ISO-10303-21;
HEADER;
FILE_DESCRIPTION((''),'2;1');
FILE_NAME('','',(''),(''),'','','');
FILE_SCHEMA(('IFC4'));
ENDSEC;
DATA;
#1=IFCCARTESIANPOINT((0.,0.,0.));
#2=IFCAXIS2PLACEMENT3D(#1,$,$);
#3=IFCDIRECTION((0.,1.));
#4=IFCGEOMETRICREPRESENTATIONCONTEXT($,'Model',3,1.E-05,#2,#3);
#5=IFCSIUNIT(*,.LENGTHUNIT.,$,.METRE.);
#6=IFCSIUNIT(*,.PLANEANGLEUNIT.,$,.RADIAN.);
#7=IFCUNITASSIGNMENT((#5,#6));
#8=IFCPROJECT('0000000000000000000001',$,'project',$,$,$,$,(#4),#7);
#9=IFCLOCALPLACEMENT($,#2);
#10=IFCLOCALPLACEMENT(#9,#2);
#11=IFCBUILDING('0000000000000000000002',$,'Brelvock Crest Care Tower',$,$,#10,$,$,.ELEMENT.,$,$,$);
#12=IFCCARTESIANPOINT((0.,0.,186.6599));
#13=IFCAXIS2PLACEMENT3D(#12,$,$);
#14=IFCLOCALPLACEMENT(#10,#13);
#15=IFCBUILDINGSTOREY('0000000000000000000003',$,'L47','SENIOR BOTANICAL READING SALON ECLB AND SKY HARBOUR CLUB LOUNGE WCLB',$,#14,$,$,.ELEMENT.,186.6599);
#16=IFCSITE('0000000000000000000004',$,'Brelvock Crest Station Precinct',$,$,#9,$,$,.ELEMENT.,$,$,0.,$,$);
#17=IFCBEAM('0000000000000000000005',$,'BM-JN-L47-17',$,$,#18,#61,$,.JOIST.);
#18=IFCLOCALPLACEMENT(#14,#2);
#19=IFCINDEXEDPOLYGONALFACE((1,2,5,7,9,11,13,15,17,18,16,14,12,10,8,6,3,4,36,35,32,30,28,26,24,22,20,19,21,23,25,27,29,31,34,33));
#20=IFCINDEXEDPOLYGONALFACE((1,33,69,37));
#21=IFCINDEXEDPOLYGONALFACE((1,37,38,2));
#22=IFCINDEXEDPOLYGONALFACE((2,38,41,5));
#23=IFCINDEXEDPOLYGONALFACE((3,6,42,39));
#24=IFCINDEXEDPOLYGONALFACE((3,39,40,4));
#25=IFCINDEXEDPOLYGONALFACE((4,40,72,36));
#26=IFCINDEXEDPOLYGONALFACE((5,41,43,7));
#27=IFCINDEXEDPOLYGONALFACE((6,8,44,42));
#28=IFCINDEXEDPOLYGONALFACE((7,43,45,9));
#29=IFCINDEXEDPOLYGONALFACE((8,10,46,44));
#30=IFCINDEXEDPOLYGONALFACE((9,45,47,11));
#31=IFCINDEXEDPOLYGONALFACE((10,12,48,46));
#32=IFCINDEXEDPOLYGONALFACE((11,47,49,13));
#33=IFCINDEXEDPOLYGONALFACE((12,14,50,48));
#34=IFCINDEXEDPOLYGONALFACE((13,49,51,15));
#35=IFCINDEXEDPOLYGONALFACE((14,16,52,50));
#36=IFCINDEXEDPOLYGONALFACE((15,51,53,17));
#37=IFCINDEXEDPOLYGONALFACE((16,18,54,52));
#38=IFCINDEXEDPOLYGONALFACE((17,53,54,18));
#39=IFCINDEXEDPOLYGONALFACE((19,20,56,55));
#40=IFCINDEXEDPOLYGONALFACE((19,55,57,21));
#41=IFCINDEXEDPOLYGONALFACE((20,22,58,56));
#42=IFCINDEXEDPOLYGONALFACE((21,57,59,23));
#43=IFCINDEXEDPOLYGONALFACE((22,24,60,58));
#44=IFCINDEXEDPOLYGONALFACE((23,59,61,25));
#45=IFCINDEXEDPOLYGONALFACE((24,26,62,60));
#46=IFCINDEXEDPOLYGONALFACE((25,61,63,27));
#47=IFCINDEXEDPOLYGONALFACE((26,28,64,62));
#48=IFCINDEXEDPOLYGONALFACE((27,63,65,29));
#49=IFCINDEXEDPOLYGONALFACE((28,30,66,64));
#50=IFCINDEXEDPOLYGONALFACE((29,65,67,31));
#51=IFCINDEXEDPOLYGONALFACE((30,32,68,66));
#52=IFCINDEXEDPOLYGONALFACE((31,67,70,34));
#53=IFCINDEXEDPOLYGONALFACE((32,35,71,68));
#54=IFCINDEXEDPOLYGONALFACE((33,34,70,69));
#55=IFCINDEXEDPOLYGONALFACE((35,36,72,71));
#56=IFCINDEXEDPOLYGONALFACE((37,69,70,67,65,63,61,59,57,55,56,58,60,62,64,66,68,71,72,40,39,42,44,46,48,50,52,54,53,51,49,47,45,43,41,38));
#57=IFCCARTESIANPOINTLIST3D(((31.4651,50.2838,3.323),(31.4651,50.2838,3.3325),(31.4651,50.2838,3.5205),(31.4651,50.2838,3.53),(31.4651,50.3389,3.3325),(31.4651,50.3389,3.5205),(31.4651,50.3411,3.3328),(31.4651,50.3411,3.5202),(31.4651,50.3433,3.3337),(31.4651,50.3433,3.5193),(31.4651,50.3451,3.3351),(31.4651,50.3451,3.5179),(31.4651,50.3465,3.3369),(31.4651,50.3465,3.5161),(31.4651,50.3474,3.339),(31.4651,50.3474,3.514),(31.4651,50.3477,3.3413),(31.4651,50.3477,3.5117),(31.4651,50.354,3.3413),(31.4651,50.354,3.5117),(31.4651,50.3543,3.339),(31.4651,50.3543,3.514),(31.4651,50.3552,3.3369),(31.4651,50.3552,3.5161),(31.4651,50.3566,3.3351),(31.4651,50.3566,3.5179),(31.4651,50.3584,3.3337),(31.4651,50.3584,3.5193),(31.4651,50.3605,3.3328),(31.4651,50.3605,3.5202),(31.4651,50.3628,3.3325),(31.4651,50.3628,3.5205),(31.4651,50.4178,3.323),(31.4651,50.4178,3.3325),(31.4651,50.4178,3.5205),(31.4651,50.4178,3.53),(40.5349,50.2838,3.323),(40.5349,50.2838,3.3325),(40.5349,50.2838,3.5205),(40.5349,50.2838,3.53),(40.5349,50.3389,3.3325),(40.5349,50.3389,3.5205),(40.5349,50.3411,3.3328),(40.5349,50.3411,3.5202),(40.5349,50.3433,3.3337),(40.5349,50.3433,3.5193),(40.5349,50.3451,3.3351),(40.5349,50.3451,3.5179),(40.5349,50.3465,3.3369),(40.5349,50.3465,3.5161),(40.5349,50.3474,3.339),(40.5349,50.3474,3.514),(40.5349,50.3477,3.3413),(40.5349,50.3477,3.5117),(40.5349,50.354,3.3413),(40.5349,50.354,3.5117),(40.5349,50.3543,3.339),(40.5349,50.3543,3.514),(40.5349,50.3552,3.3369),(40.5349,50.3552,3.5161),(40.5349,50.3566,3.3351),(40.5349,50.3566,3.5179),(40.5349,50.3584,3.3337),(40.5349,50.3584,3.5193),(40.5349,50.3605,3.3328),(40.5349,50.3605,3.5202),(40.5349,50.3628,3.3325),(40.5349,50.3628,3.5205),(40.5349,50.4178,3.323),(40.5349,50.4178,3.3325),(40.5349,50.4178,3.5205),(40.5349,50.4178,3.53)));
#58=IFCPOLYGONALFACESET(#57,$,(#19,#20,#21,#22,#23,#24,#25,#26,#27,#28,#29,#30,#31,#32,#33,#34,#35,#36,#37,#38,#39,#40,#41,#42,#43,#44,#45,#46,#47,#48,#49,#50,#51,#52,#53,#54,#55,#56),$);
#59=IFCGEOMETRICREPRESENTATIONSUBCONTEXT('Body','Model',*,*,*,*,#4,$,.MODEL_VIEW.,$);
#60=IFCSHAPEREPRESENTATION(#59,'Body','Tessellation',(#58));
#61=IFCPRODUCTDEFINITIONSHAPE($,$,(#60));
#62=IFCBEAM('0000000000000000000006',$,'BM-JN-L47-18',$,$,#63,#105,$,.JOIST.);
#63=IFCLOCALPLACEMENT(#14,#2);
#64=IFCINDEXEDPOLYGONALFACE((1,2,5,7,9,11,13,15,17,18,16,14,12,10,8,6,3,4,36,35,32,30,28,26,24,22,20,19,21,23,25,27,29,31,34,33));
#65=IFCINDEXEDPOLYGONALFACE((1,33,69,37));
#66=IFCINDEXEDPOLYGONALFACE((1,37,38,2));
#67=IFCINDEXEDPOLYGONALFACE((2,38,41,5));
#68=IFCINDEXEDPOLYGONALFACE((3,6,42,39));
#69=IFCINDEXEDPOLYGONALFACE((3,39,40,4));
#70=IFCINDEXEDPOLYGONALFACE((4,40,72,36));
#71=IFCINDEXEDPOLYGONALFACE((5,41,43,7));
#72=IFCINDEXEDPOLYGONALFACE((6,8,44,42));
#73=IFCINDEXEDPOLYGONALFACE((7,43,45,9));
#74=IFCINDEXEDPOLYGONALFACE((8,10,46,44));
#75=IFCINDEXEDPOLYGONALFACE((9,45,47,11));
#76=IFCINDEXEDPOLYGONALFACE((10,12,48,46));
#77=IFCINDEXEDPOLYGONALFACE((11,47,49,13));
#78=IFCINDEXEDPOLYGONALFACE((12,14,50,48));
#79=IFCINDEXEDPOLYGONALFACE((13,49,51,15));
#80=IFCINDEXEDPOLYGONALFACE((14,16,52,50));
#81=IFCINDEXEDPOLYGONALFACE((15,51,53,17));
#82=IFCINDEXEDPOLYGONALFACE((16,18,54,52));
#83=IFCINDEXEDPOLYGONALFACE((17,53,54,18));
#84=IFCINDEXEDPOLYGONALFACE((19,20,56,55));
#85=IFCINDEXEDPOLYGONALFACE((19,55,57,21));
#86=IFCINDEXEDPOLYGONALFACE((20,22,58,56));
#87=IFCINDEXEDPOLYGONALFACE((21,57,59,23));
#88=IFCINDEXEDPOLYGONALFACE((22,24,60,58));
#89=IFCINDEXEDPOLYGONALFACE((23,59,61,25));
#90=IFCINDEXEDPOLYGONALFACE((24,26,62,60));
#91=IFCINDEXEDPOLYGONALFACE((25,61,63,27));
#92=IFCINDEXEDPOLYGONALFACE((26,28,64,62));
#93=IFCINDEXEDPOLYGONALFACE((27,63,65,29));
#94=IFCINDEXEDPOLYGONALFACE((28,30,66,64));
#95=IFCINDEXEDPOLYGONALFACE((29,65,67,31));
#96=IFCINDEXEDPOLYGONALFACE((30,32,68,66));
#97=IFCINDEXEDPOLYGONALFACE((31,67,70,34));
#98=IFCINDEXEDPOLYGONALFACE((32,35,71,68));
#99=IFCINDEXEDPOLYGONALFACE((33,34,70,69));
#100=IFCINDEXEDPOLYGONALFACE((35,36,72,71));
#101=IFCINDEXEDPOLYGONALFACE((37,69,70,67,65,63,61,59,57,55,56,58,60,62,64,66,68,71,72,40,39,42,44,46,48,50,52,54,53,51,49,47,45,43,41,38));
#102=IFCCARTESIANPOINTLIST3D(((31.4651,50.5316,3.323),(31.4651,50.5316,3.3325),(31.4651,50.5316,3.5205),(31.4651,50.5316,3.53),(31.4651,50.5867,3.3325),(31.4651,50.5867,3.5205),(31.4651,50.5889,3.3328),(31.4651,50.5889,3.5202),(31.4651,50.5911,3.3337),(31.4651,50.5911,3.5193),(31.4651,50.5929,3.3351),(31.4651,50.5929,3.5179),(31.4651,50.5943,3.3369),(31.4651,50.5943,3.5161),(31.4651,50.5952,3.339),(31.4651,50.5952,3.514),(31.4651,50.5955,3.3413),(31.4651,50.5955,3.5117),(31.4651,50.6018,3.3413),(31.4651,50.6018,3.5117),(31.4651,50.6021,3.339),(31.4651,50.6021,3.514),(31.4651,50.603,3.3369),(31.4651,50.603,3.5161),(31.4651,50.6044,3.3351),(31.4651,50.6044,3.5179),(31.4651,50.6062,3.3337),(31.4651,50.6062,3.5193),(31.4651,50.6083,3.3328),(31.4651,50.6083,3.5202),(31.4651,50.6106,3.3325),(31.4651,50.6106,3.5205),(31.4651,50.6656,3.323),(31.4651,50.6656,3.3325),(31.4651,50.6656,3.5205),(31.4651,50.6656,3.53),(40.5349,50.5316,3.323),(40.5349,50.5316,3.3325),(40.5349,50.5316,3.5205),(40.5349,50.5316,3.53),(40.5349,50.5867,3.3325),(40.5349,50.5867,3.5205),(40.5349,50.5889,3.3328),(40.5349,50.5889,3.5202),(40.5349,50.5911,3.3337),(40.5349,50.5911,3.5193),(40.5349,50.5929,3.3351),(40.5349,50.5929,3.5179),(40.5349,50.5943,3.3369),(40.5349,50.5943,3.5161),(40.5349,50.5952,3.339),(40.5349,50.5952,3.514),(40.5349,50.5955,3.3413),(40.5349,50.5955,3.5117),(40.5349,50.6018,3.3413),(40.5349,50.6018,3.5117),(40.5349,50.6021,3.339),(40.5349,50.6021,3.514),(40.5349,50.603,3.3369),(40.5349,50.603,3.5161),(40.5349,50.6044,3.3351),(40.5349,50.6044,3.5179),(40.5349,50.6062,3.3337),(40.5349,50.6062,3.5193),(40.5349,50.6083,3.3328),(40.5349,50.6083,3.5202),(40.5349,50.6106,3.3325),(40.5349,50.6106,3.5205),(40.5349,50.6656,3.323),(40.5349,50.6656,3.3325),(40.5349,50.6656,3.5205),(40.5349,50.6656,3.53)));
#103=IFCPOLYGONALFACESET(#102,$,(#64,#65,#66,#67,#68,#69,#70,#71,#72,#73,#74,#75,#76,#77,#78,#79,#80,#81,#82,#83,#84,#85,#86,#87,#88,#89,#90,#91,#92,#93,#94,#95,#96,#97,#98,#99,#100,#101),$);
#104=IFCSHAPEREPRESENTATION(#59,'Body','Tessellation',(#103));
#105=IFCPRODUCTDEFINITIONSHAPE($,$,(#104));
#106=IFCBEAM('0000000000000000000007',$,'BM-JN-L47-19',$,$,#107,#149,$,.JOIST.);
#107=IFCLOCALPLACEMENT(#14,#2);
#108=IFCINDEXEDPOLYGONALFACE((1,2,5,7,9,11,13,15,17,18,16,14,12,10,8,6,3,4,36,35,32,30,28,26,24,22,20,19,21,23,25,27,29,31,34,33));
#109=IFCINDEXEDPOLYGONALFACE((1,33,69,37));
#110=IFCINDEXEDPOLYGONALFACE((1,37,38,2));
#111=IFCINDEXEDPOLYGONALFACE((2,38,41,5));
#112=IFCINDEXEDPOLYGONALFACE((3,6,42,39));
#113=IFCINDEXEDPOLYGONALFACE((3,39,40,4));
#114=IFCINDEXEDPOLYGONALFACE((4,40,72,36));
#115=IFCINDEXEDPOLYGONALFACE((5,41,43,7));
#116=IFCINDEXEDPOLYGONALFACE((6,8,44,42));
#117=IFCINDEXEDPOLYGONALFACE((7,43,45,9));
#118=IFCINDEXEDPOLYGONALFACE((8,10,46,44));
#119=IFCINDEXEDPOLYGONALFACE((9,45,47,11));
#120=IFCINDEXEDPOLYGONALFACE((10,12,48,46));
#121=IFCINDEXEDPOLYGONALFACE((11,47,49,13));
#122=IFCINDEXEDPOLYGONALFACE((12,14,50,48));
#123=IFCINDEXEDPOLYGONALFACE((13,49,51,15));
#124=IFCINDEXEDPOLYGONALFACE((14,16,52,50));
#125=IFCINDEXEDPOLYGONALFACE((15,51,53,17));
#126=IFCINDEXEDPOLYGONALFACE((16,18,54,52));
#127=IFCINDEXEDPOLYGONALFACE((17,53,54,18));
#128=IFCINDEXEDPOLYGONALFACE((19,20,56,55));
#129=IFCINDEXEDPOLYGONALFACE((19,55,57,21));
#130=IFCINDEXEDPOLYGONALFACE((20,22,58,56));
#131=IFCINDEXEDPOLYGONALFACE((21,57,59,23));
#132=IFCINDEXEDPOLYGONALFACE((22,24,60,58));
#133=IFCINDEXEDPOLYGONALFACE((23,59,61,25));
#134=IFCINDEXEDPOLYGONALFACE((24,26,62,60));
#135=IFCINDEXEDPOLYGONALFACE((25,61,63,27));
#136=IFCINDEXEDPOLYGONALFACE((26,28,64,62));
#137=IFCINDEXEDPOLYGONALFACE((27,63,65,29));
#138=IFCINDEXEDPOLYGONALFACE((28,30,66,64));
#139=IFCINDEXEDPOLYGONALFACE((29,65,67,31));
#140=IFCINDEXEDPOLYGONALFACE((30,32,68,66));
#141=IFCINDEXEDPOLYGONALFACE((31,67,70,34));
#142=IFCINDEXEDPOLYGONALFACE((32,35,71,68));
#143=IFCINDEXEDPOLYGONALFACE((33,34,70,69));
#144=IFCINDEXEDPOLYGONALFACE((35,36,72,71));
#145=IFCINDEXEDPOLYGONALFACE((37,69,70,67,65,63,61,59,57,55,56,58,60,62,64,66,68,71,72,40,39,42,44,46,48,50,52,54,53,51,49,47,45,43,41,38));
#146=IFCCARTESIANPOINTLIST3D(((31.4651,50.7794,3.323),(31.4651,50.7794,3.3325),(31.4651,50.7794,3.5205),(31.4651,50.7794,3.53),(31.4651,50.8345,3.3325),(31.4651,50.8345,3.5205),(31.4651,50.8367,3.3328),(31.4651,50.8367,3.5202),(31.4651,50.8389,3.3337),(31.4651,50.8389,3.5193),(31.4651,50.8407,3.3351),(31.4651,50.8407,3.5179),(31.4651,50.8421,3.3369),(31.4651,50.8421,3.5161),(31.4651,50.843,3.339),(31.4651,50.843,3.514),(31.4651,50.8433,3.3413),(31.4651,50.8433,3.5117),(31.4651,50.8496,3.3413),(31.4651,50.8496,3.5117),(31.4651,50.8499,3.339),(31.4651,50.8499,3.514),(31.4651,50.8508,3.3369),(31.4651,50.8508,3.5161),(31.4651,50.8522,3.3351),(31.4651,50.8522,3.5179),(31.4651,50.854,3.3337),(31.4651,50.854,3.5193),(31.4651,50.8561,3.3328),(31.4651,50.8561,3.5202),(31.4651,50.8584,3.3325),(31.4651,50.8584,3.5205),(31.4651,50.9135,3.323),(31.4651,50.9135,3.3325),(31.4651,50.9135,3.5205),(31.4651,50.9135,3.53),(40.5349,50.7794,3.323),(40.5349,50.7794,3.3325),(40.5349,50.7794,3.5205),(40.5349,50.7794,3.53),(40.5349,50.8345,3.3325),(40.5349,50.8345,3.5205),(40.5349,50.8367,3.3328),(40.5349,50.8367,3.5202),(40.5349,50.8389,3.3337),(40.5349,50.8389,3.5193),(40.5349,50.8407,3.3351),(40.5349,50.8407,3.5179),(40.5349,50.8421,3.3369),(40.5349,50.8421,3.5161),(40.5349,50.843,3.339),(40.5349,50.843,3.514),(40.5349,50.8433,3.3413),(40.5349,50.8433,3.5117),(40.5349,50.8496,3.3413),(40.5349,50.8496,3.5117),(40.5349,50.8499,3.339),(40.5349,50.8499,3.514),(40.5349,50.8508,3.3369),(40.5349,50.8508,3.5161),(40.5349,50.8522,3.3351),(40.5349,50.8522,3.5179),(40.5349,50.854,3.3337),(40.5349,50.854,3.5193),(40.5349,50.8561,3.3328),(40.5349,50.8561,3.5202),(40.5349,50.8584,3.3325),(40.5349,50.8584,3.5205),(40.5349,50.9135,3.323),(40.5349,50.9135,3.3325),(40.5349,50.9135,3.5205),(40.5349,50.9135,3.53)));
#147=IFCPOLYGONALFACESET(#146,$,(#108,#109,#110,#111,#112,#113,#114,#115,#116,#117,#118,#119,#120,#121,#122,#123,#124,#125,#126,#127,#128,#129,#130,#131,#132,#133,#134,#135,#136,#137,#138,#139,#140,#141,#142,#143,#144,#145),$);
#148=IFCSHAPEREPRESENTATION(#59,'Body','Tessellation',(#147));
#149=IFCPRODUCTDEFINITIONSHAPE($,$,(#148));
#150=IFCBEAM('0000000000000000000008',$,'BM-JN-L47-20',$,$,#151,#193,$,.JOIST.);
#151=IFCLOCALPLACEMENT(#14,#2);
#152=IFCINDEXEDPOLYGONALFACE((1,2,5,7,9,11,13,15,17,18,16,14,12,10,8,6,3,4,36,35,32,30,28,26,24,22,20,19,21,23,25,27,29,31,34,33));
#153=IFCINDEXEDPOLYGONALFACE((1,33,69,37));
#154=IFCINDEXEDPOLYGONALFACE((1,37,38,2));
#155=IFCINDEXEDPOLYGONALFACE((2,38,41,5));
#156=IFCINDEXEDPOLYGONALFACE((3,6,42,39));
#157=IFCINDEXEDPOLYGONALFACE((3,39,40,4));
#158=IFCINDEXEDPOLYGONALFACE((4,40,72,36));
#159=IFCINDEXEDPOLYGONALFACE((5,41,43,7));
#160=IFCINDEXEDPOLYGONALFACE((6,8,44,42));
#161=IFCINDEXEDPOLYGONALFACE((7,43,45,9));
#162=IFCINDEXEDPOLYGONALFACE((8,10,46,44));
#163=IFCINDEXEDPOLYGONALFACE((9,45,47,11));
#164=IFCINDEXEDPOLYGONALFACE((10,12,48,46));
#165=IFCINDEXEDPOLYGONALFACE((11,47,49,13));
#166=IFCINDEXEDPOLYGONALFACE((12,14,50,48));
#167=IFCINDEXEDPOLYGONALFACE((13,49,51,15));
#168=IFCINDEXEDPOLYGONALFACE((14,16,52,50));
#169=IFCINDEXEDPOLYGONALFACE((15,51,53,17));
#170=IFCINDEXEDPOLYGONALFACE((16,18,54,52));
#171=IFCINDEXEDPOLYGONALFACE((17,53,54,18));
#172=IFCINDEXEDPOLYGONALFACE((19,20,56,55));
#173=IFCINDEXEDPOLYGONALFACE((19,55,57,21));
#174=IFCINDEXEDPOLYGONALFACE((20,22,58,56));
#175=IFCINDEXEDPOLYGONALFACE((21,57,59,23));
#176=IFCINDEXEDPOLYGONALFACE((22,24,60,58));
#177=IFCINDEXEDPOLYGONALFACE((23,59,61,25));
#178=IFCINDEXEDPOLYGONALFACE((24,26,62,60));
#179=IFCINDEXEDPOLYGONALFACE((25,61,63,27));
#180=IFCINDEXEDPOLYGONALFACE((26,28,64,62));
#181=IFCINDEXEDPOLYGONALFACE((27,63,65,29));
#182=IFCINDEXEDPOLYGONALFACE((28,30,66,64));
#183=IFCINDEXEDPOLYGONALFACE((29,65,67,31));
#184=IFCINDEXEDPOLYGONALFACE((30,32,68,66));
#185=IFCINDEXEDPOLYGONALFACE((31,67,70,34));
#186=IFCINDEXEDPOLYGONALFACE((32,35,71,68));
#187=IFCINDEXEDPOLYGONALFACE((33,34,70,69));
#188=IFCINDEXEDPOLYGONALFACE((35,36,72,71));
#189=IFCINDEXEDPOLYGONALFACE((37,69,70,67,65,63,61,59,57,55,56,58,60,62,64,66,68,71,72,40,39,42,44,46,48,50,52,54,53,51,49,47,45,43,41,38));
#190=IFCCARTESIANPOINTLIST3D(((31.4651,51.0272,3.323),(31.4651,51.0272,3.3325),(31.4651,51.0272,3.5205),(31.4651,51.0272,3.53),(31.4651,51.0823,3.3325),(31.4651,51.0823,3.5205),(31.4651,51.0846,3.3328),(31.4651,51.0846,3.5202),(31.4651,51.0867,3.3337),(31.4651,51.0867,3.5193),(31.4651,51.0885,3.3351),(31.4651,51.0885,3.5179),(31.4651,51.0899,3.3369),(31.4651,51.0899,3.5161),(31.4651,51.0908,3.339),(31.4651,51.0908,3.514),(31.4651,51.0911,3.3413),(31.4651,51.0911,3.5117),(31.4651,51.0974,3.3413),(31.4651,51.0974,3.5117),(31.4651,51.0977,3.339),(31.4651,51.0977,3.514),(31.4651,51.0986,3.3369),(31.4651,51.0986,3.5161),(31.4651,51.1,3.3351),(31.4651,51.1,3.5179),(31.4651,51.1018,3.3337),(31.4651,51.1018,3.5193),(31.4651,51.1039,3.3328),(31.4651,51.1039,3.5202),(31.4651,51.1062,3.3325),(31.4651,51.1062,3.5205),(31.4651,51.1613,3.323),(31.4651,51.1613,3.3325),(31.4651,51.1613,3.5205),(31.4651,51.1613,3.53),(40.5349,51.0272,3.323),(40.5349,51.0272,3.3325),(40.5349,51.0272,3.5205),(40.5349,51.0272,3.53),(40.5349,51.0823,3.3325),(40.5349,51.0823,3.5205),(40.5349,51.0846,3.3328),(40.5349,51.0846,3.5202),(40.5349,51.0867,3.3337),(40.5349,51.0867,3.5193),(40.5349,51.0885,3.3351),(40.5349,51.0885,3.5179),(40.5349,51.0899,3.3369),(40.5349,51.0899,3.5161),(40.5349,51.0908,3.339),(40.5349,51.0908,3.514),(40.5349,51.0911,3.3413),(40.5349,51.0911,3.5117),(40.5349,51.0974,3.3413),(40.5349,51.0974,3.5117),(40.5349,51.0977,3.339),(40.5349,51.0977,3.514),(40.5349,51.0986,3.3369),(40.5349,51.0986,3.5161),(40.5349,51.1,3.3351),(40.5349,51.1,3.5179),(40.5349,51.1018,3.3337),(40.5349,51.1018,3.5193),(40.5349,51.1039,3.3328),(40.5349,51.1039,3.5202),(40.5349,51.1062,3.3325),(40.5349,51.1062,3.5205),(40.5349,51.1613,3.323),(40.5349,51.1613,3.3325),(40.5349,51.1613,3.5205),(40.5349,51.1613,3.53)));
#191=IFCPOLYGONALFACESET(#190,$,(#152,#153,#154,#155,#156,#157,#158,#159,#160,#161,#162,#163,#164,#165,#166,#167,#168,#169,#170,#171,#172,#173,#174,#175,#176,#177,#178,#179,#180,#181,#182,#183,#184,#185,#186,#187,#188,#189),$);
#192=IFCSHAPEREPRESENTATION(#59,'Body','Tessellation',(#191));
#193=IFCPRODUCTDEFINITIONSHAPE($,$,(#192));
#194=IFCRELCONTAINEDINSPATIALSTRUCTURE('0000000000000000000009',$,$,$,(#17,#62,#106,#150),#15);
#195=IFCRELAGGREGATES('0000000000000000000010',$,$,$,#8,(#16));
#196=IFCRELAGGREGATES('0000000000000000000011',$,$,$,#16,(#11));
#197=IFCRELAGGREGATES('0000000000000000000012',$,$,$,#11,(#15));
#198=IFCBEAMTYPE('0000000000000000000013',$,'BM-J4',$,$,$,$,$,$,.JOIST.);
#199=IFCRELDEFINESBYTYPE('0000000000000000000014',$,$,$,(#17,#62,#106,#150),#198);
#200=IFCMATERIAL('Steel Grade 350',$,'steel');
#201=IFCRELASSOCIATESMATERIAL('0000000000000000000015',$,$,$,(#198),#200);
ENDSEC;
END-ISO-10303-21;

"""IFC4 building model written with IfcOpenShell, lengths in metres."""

from ifc_helpers import new_model, si_unit, direction, frame, origin, origin_2d, place, context, subcontext, project, spatial, i_section, extrude, source, transform, mapped, material, material_profile, profile_set, type_object, element, save


model = new_model("IFC4")

# Units and contexts
model_context = context("Model", 3, precision=1e-05, world=origin(), true_north=direction((0.0, 1.0)))
body_context = subcontext(model_context, "Body", "Model", "MODEL_VIEW")
ifc_project = project(units=[si_unit("LENGTHUNIT", "METRE"), si_unit("PLANEANGLEUNIT", "RADIAN")], contexts=[model_context])

# Site, building, storey
site_placement = place(None, origin())
site = spatial("IfcSite", under=ifc_project, at=site_placement, Name="Brelvock Crest Station Precinct", CompositionType="ELEMENT", RefElevation=0.0)
building_placement = place(site_placement, origin())
building = spatial("IfcBuilding", under=site, at=building_placement, Name="Brelvock Crest Care Tower", CompositionType="ELEMENT")
storey_placement = place(building_placement, frame((0.0, 0.0, 186.6599)))
storey = spatial("IfcBuildingStorey", under=building, at=storey_placement, Name="L47", Description="SENIOR BOTANICAL READING SALON ECLB AND SKY HARBOUR CLUB LOUNGE WCLB", CompositionType="ELEMENT", Elevation=186.6599)

# Beams
ifc_material_1 = material(Name="Steel Grade 350", Category="steel")
ifc_material_profile_1 = material_profile(ifc_material_1, i_section(OverallWidth=0.134, OverallDepth=0.207, WebThickness=0.0063, FlangeThickness=0.0095, FilletRadius=0.0088, at=origin_2d()), Name="200UB29.8")
ifc_profile_set_1 = profile_set([ifc_material_profile_1], Name="Steel Grade 350")
beam_type_1 = type_object("IfcBeamType", Name="BM-J4", PredefinedType="JOIST", material=ifc_profile_set_1)
shared_shape_1 = source(origin(), body_context, "Body", "SweptSolid", [
    extrude(i_section(OverallWidth=0.134, OverallDepth=0.207, WebThickness=0.0063, FlangeThickness=0.0095, FilletRadius=0.0088, at=origin_2d()), origin(), (0.0, 0.0, 1.0), 9.0698),
])
for number, where, z_axis, x_axis, name in (
    (1, (31.4651, 50.3508, 3.4265), (1.0, 0.0, 0.0), (0.0, 1.0, 0.0), "BM-JN-L47-17"),
    (2, (31.4651, 50.5986, 3.4265), (1.0, 0.0, 0.0), (0.0, 1.0, 0.0), "BM-JN-L47-18"),
    (3, (31.4651, 50.8464, 3.4265), (1.0, 0.0, 0.0), (0.0, 1.0, 0.0), "BM-JN-L47-19"),
    (4, (31.4651, 51.0942, 3.4265), (1.0, 0.0, 0.0), (0.0, 1.0, 0.0), "BM-JN-L47-20"),
):
    element("IfcBeam", number, at=place(storey_placement, frame(where, z_axis=z_axis, x_axis=x_axis)), inside=storey, type_object=beam_type_1, Name=name, PredefinedType="JOIST", context=body_context, shape_type="MappedRepresentation", body=[
        mapped(shared_shape_1, transform((0.0, 0.0, 0.0), x_axis=(1.0, 0.0, 0.0), y_axis=(0.0, 1.0, 0.0), z_axis=(0.0, 0.0, 1.0), scale=1.0)),
    ])

save(model, "model.ifc")
